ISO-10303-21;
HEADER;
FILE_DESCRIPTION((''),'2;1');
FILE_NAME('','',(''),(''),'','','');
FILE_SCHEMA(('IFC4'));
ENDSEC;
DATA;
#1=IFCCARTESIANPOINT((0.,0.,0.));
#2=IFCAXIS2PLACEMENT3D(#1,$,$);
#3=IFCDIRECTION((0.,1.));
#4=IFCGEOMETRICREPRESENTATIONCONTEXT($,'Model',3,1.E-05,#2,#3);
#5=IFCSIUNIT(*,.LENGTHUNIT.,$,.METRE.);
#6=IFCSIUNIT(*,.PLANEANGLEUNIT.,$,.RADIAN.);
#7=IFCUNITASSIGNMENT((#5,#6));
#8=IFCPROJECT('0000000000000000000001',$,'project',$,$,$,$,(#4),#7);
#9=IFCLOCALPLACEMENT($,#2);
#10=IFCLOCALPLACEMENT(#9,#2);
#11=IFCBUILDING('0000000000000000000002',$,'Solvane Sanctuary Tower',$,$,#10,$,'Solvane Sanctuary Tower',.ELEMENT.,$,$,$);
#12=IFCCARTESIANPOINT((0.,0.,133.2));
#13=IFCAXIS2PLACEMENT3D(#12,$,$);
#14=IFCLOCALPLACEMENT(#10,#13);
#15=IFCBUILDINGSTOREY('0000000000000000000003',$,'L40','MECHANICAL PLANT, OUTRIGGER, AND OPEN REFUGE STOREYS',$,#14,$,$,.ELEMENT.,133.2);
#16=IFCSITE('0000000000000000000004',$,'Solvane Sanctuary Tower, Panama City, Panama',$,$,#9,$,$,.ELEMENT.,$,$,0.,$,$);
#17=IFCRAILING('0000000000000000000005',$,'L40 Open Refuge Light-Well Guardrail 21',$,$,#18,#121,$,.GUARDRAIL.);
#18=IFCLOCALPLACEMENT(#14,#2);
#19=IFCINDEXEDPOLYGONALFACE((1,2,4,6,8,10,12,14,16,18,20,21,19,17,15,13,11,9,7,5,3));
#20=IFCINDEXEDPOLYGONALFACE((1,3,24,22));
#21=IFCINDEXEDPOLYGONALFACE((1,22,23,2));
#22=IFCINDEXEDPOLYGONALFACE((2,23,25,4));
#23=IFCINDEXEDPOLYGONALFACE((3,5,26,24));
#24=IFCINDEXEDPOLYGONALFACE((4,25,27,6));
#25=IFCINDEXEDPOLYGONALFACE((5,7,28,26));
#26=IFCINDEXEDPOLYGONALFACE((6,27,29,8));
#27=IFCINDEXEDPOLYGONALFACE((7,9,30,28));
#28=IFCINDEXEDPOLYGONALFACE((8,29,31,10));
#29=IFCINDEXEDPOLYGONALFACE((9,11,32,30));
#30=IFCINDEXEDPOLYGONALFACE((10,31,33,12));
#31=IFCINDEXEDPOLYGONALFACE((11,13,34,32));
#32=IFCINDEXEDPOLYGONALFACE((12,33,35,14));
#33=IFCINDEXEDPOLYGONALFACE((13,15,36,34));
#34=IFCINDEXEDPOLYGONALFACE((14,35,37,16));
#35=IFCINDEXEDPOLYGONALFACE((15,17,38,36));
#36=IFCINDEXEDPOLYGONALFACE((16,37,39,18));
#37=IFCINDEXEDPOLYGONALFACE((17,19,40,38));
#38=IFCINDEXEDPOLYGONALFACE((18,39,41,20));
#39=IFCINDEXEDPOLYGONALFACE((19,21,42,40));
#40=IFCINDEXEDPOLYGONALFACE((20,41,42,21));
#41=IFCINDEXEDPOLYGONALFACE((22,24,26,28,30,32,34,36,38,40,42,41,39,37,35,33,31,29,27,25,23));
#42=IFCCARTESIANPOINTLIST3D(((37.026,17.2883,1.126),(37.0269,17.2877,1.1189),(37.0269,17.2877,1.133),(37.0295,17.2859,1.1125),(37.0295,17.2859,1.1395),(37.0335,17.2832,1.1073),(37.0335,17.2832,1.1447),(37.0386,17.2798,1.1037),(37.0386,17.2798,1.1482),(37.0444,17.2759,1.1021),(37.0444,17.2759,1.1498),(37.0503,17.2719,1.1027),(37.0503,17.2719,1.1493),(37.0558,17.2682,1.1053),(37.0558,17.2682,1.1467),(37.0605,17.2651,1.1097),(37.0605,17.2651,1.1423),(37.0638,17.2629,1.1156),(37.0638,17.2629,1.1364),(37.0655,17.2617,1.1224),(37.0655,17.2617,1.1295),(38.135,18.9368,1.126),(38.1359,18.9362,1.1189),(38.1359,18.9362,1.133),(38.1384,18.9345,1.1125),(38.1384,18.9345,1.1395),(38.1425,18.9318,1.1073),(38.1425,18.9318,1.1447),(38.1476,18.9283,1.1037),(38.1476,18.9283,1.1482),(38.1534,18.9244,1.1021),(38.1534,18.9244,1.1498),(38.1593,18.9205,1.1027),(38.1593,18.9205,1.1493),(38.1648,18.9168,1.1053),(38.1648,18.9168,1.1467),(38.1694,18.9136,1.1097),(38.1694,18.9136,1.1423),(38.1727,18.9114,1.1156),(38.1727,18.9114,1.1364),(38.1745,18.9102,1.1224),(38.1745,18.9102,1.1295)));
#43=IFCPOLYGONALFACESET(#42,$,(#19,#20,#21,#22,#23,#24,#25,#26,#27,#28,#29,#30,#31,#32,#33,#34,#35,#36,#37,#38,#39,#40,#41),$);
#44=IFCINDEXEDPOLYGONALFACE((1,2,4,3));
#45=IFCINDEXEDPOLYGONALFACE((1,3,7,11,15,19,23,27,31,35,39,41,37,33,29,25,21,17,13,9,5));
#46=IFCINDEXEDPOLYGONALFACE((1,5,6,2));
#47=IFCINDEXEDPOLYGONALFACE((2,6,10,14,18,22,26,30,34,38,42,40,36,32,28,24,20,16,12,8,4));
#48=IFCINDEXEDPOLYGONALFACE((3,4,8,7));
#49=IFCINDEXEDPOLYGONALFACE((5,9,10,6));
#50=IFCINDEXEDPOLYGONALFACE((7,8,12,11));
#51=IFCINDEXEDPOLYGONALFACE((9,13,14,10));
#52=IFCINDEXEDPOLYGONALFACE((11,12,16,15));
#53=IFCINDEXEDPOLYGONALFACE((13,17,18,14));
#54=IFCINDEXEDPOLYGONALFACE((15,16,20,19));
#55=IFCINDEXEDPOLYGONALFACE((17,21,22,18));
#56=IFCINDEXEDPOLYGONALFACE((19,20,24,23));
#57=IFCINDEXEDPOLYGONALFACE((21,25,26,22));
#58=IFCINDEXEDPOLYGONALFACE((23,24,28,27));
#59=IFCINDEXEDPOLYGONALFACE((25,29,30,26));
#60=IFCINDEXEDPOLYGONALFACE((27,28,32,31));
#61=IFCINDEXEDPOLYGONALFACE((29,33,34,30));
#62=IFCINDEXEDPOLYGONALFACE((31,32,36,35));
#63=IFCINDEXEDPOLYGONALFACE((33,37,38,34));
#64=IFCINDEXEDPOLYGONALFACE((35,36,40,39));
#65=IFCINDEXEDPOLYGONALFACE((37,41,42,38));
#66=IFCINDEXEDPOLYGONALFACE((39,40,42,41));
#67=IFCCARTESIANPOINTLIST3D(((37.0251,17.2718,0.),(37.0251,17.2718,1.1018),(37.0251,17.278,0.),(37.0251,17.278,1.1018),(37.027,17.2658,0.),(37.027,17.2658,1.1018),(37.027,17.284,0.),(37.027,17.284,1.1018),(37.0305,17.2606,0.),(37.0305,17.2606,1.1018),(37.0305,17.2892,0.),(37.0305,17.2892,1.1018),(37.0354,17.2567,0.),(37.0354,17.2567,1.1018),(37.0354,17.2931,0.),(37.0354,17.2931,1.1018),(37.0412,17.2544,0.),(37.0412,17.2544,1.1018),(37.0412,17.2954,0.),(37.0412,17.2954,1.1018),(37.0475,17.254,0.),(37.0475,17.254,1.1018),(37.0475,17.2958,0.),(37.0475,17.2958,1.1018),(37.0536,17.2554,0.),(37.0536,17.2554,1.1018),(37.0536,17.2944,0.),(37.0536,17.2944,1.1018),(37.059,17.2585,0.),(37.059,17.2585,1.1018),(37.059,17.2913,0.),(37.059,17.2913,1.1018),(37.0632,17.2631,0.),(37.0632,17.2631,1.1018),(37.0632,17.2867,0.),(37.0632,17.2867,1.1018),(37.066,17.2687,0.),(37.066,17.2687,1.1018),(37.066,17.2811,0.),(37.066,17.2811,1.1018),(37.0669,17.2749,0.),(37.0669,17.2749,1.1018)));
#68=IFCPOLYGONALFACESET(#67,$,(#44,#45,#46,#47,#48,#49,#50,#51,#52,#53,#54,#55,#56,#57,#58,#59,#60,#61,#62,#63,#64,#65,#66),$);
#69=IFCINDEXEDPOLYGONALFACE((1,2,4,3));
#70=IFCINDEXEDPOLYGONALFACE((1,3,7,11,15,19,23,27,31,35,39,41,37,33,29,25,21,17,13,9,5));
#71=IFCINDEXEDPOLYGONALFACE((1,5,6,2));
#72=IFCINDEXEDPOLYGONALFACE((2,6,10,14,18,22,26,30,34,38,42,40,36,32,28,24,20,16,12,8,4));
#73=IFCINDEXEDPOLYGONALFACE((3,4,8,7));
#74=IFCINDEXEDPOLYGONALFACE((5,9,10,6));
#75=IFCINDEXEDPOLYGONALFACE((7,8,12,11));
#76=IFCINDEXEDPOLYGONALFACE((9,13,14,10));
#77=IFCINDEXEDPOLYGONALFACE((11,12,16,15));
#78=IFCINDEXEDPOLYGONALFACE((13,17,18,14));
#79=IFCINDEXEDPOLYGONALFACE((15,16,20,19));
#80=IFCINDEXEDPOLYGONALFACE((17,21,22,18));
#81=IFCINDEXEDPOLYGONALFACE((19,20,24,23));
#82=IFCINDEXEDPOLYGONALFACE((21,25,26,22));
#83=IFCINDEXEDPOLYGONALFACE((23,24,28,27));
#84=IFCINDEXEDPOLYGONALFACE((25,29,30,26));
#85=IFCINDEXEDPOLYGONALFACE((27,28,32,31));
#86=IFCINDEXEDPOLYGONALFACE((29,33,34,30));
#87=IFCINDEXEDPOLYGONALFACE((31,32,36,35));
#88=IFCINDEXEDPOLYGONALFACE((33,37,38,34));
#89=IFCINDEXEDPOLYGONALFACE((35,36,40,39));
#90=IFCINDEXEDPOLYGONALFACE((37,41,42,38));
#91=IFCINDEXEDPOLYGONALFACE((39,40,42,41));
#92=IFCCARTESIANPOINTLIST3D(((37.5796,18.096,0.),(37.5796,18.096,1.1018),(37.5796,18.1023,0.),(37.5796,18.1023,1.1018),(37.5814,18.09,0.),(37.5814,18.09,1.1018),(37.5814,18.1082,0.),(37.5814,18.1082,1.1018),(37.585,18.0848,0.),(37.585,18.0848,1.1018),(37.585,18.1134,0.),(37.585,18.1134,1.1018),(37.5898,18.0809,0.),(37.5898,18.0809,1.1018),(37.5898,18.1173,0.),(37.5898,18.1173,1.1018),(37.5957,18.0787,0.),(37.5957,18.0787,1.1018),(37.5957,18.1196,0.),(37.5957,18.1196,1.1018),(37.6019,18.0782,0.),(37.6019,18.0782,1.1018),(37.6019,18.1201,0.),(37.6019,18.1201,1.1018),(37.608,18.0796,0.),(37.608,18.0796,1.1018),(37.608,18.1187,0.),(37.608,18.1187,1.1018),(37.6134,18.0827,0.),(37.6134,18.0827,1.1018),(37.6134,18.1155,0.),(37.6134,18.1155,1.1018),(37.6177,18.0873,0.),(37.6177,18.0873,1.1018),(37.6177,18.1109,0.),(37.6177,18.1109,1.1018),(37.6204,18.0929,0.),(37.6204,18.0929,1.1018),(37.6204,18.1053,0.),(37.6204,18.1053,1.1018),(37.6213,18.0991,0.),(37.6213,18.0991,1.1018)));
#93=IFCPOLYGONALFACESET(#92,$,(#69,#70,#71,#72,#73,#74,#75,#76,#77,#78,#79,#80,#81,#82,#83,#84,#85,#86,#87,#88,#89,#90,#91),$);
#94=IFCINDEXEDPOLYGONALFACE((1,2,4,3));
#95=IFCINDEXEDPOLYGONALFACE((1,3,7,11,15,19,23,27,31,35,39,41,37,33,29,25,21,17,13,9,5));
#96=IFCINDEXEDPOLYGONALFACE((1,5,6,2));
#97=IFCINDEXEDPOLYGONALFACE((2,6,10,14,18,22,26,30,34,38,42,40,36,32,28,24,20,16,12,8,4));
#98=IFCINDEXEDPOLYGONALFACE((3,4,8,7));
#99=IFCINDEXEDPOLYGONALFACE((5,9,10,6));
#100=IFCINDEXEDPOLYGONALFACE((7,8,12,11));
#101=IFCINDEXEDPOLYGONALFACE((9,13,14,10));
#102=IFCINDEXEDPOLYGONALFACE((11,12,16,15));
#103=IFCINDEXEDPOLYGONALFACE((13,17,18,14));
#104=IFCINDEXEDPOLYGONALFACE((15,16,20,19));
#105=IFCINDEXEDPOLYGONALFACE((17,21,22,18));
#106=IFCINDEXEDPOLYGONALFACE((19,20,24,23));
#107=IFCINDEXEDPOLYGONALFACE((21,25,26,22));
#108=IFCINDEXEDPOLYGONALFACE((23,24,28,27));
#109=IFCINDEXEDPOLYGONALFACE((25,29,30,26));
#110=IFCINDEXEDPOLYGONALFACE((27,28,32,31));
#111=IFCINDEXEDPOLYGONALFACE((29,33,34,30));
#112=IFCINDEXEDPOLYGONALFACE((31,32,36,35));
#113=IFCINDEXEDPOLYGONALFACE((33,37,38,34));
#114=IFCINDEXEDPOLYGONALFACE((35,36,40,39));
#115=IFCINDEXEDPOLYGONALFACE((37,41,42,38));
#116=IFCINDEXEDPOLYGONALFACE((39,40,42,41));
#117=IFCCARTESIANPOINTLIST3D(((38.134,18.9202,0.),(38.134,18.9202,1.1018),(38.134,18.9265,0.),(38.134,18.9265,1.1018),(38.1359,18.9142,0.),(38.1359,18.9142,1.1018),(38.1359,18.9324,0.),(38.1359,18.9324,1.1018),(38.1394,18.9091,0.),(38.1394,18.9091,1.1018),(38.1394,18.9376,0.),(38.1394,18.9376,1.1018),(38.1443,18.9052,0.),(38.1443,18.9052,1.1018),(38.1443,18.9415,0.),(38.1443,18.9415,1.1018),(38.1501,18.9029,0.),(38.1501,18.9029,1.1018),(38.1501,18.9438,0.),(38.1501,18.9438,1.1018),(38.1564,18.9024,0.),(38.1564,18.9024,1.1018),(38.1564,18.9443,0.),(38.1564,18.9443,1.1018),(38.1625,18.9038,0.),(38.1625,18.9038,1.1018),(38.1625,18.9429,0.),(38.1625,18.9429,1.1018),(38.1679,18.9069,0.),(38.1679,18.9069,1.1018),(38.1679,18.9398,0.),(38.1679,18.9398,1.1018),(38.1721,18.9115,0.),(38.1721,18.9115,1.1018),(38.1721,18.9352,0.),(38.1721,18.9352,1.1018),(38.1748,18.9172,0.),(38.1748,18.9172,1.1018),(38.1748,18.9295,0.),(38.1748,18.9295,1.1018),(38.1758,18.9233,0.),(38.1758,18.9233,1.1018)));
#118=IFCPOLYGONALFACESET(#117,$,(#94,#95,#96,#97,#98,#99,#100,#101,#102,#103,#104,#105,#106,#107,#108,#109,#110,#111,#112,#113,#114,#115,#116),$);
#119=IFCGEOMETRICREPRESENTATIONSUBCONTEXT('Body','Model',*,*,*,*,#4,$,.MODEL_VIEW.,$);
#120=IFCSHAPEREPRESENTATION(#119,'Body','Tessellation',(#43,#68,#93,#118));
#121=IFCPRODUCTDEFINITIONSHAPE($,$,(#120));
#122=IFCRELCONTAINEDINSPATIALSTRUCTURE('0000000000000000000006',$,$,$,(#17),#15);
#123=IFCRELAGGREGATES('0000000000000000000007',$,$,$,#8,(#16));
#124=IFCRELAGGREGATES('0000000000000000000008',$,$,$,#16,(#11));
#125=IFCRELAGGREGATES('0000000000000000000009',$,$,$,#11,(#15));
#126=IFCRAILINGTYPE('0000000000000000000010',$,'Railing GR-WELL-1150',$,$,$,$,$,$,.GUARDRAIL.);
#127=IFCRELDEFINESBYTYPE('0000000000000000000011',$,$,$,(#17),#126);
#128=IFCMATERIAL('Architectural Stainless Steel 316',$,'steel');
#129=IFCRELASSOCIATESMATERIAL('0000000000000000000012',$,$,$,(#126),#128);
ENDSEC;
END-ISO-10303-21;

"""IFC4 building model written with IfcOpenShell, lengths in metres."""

from ifc_helpers import new_model, si_unit, direction, frame, origin, origin_2d, place, context, subcontext, project, spatial, circle, extrude, material, type_object, element, save


model = new_model("IFC4")

# Units and contexts
model_context = context("Model", 3, precision=1e-05, world=origin(), true_north=direction((0.0, 1.0)))
body_context = subcontext(model_context, "Body", "Model", "MODEL_VIEW")
ifc_project = project(units=[si_unit("LENGTHUNIT", "METRE"), si_unit("PLANEANGLEUNIT", "RADIAN")], contexts=[model_context])

# Site, building, storey
site_placement = place(None, origin())
site = spatial("IfcSite", under=ifc_project, at=site_placement, Name="Solvane Sanctuary Tower, Panama City, Panama", CompositionType="ELEMENT", RefElevation=0.0)
building_placement = place(site_placement, origin())
building = spatial("IfcBuilding", under=site, at=building_placement, Name="Solvane Sanctuary Tower", LongName="Solvane Sanctuary Tower", CompositionType="ELEMENT")
storey_placement = place(building_placement, frame((0.0, 0.0, 133.2)))
storey = spatial("IfcBuildingStorey", under=building, at=storey_placement, Name="L40", Description="MECHANICAL PLANT, OUTRIGGER, AND OPEN REFUGE STOREYS", CompositionType="ELEMENT", Elevation=133.2)

# Shared definitions
ifc_material_1 = material(Name="Architectural Stainless Steel 316", Category="steel")

# Railing
railing_type_1 = type_object("IfcRailingType", Name="Railing GR-WELL-1150", PredefinedType="GUARDRAIL", material=ifc_material_1)
railing_1_placement = place(storey_placement, frame((37.0459, 17.2749, 0.0)))
element("IfcRailing", 1, at=railing_1_placement, inside=storey, type_object=railing_type_1, Name="L40 Open Refuge Light-Well Guardrail 21", PredefinedType="GUARDRAIL", context=body_context, shape_type="SweptSolid", body=[
    extrude(circle(Radius=0.0239, at=origin_2d()), frame((0.0, 0.0, 1.126), z_axis=(0.558155, 0.829737, 0.0), x_axis=(-0.829737, 0.558155, 0.0)), (0.0, 0.0, 1.0), 1.9868),
    extrude(circle(Radius=0.021, at=origin_2d()), origin(), (0.0, 0.0, 1.0), 1.1018),
    extrude(circle(Radius=0.021, at=origin_2d()), frame((0.5544, 0.8242, 0.0)), (0.0, 0.0, 1.0), 1.1018),
    extrude(circle(Radius=0.021, at=origin_2d()), frame((1.1089, 1.6484, 0.0)), (0.0, 0.0, 1.0), 1.1018),
])

save(model, "model.ifc")
